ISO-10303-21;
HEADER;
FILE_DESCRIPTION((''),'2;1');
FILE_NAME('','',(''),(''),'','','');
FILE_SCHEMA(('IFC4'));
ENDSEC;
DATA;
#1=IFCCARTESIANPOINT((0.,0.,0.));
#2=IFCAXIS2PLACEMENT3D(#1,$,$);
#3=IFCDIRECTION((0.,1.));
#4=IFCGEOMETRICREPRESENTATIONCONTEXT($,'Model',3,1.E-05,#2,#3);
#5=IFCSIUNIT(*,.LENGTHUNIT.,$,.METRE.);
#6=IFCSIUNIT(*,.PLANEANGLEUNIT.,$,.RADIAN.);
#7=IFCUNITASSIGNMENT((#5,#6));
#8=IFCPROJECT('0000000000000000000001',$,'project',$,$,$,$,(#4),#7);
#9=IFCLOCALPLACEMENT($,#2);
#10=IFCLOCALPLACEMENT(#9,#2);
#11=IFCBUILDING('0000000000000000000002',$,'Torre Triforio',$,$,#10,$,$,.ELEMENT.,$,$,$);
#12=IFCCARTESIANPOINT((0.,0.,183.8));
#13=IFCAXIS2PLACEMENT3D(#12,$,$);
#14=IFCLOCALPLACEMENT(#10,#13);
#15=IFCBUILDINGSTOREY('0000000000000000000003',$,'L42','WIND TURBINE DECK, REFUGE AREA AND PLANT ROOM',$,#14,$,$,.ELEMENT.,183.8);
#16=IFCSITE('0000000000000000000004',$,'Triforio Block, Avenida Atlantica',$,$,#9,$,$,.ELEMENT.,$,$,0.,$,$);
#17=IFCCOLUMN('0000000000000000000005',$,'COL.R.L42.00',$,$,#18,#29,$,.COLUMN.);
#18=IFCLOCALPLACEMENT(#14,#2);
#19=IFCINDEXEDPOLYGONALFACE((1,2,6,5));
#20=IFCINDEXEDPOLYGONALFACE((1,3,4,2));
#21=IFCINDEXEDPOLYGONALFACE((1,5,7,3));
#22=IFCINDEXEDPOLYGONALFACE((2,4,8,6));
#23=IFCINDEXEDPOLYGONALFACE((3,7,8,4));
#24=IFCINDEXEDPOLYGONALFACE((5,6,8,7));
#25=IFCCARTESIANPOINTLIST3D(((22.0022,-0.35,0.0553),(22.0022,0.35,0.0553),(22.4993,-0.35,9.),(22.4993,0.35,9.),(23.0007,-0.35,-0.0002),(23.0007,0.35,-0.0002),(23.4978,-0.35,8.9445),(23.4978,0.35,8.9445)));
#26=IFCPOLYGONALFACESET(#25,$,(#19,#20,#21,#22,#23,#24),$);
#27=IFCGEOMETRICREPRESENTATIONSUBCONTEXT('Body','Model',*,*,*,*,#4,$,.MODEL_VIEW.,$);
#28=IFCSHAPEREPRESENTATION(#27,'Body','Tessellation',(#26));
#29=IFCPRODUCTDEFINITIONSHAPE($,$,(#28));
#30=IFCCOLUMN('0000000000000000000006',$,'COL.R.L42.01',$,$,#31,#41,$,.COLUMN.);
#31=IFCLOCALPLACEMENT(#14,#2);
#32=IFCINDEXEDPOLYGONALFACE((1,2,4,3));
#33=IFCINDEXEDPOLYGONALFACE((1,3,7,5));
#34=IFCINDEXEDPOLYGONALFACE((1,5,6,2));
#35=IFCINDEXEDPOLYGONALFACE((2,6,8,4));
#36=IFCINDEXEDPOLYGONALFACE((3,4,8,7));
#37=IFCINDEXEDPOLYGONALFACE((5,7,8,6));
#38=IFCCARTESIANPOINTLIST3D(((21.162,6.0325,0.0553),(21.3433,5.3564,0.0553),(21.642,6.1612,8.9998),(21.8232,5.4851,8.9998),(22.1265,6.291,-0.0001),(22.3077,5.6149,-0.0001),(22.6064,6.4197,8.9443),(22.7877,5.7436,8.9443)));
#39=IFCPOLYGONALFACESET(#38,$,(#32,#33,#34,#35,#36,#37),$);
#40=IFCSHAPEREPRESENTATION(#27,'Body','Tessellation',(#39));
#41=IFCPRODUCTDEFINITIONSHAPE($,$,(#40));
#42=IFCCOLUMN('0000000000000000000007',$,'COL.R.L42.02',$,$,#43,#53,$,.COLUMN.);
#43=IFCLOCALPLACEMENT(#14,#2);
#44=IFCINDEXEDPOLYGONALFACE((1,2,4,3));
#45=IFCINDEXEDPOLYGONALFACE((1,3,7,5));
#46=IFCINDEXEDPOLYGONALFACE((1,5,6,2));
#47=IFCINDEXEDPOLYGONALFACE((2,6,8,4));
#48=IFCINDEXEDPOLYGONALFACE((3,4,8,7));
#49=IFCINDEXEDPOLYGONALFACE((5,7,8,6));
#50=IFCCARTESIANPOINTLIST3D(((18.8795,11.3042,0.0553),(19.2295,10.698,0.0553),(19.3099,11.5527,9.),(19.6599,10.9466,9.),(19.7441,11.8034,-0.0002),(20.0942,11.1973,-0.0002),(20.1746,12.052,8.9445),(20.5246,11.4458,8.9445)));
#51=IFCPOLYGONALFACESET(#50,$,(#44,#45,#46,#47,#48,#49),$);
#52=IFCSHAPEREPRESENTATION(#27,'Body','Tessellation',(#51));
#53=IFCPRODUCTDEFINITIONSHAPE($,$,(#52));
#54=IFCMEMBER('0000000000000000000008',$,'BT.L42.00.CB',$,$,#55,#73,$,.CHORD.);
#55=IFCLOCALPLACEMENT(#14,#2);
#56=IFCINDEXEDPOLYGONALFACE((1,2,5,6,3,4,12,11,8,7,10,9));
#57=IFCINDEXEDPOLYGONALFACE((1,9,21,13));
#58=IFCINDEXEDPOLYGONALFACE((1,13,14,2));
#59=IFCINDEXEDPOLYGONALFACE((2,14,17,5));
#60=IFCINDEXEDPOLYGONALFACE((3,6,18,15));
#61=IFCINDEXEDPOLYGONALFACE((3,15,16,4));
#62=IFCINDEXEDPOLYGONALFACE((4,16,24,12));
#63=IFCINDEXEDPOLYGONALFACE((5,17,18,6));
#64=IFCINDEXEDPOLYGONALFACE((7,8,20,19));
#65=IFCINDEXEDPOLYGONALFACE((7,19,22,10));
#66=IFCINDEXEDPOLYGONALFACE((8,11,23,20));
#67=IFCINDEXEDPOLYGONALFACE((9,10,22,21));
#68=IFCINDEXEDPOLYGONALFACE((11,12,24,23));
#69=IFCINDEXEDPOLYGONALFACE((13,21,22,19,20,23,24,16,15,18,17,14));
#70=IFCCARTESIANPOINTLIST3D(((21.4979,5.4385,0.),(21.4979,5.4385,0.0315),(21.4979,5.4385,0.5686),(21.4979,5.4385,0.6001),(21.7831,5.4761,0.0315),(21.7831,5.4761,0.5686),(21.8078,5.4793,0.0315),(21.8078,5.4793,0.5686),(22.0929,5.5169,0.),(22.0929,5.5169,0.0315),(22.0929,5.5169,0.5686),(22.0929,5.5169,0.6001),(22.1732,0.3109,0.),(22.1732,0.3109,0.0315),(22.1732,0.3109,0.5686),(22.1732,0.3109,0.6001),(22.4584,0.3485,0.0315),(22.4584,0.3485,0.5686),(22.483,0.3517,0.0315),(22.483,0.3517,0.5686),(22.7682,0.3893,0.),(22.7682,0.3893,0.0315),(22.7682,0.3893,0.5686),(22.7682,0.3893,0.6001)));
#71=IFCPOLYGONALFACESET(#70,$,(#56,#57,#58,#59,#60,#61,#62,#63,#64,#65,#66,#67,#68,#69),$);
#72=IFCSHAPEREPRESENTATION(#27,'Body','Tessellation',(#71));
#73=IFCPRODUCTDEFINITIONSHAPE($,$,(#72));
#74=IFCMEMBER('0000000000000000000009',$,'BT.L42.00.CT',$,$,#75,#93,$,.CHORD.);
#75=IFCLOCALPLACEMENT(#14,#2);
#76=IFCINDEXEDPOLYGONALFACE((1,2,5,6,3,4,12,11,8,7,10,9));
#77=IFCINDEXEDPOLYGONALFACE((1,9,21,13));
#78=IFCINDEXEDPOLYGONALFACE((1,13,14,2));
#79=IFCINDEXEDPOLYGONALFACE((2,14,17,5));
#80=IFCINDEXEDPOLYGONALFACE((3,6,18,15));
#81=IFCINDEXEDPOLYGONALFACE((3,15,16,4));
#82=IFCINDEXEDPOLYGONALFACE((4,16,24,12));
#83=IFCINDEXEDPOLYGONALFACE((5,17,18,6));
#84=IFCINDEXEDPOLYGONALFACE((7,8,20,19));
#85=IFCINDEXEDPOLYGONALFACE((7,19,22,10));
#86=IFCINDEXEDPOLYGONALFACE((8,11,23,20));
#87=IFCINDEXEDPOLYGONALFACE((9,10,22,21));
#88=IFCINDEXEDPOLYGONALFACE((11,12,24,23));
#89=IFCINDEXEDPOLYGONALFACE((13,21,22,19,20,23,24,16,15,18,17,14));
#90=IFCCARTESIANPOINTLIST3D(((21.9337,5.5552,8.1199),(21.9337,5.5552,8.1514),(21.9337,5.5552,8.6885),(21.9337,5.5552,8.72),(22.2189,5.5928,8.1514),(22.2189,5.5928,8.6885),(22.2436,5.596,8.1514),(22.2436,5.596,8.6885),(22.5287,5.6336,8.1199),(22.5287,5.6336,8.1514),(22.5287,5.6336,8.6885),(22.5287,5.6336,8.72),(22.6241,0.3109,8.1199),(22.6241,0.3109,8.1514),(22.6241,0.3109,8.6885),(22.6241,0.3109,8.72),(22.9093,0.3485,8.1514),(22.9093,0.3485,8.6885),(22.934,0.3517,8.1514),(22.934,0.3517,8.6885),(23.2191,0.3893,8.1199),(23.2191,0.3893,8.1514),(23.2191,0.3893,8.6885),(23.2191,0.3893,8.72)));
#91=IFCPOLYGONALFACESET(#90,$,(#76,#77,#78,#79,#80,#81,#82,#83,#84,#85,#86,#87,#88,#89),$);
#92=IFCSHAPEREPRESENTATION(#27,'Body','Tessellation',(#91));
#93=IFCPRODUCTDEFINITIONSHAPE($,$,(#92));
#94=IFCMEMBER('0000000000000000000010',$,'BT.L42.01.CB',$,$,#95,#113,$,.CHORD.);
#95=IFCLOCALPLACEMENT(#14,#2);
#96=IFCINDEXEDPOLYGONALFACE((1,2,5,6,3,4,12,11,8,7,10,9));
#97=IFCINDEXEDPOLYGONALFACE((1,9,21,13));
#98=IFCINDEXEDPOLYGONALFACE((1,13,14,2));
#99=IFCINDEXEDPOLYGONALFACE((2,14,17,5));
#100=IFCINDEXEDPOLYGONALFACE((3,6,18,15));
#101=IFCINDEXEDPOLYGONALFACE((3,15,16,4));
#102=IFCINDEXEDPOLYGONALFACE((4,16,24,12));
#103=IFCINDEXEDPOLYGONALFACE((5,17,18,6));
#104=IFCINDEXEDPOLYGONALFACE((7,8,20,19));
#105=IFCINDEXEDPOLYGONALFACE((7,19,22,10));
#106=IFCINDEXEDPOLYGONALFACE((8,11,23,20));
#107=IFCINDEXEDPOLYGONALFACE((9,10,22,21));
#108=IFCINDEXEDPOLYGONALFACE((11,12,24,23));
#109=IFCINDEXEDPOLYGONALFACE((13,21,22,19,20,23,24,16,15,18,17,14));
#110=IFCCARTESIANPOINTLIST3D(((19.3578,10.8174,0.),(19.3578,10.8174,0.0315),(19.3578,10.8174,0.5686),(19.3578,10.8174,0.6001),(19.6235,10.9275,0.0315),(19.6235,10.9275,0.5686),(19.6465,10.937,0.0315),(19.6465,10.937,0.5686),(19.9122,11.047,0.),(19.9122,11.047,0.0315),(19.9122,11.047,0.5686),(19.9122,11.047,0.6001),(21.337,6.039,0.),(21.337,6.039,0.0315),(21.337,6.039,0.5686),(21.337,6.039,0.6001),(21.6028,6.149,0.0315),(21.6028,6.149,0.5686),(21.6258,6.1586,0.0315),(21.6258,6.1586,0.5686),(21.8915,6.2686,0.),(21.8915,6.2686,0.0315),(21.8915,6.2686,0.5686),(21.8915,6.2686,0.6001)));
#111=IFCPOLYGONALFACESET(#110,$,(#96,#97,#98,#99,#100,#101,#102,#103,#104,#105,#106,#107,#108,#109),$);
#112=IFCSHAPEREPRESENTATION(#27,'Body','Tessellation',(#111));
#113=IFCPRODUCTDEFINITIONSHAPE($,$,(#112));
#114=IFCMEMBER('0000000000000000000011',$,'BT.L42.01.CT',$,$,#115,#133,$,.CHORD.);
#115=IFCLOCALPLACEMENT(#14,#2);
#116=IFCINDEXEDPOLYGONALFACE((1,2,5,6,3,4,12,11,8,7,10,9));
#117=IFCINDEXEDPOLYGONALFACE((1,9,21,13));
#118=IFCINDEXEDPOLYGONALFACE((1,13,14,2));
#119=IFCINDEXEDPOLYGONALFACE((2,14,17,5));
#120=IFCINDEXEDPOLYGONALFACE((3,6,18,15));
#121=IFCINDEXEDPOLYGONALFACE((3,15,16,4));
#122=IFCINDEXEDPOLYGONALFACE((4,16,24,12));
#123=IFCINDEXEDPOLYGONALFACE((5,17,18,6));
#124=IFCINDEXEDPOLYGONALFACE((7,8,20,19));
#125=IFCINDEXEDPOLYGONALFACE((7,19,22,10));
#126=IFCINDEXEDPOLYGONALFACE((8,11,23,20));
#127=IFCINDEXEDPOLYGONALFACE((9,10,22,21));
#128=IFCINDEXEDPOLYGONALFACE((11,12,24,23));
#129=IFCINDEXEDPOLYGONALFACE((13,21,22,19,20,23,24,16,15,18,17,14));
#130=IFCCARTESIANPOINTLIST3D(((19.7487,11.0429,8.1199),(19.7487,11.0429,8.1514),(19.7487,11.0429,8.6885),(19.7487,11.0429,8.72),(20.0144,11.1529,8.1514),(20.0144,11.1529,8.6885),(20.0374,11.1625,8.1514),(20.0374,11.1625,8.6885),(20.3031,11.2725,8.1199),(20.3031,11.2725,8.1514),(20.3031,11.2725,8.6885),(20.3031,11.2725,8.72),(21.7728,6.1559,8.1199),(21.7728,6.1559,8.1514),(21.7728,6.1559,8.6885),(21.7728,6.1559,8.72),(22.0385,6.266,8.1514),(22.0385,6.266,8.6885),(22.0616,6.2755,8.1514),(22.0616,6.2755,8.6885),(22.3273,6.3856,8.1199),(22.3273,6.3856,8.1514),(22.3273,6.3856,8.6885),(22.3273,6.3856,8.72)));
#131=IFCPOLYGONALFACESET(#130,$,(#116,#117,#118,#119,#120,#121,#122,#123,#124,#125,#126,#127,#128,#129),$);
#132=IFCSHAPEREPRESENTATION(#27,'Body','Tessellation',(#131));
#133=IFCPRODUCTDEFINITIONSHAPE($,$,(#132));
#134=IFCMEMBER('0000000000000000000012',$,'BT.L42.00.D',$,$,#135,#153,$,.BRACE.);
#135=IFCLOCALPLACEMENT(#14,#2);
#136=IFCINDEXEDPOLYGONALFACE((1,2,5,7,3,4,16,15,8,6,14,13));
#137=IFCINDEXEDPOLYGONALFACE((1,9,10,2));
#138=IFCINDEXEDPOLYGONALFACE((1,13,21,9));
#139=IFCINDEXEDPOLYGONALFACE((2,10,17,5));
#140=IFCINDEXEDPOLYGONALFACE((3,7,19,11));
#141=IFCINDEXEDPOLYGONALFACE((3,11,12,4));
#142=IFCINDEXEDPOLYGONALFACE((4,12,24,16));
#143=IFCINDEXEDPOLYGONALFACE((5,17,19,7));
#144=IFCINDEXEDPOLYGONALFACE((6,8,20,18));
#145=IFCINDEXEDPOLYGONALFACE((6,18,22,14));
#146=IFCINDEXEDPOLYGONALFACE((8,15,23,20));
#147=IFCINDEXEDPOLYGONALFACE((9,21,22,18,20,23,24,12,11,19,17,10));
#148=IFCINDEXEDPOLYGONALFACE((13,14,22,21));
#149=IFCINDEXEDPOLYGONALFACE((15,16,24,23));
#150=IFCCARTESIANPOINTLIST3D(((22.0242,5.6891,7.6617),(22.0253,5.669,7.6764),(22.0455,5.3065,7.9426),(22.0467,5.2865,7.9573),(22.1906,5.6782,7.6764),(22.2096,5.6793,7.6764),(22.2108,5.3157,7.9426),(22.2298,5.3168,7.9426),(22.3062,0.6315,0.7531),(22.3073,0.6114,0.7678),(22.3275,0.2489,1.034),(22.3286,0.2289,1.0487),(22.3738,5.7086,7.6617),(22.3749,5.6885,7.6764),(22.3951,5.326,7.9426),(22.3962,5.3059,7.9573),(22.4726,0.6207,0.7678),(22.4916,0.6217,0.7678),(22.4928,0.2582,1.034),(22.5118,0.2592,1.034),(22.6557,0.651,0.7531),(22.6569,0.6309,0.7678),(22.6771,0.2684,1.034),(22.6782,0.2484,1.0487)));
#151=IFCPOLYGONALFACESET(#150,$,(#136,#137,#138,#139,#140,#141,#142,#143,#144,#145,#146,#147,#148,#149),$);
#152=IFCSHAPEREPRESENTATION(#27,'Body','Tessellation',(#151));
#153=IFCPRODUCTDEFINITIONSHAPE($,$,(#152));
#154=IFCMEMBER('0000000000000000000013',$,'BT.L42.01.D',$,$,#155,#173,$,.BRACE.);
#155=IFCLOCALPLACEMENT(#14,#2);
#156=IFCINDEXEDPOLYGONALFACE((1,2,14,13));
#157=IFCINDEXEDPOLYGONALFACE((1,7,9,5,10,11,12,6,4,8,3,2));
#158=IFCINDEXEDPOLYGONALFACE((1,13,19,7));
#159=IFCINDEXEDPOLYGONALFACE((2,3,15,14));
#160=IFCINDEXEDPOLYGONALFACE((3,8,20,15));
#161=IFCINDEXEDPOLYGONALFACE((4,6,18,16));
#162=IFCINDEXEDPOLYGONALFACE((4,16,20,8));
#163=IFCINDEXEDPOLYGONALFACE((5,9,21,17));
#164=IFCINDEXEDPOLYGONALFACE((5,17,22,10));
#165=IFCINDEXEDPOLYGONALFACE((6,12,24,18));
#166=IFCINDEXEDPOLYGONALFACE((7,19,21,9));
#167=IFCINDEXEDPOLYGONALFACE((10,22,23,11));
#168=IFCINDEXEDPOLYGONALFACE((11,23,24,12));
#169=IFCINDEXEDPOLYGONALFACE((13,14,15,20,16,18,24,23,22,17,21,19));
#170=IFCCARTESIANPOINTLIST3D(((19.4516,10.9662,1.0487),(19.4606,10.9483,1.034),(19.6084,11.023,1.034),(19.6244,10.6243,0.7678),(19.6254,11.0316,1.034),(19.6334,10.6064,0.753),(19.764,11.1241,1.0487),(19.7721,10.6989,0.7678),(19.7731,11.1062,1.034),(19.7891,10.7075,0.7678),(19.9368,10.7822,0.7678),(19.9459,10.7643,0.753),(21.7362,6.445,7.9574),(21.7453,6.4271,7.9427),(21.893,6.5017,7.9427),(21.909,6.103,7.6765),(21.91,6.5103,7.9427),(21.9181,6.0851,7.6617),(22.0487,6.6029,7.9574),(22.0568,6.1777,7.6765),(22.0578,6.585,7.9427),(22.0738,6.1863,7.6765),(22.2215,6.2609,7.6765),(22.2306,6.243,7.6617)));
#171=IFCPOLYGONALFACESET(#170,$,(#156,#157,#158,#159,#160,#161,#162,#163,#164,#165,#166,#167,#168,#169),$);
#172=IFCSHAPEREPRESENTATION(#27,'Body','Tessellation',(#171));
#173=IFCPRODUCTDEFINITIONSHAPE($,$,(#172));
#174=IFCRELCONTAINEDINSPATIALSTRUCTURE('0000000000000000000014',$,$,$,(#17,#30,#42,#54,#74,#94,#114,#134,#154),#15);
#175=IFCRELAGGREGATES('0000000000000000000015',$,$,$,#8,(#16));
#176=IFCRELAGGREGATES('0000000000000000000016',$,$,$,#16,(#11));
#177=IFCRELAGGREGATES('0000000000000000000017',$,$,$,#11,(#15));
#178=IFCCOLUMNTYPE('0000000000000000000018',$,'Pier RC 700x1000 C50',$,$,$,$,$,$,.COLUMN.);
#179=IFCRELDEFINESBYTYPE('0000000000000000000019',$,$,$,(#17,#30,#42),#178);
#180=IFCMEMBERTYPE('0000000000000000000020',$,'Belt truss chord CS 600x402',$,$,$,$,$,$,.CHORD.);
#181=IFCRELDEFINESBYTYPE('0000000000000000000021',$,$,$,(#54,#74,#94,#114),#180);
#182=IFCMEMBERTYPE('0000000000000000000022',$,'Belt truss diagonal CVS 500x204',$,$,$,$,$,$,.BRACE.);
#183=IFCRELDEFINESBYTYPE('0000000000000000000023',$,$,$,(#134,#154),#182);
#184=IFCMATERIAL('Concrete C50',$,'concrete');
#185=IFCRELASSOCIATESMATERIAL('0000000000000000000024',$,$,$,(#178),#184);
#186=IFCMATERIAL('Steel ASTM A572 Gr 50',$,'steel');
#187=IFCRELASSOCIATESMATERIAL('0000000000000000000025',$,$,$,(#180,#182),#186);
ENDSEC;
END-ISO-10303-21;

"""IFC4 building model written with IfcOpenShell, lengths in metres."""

from ifc_helpers import new_model, si_unit, direction, frame, origin, origin_2d, place, context, subcontext, project, spatial, rectangle, i_section, extrude, material, material_profile, profile_set, type_object, element, save


model = new_model("IFC4")

# Units and contexts
model_context = context("Model", 3, precision=1e-05, world=origin(), true_north=direction((0.0, 1.0)))
body_context = subcontext(model_context, "Body", "Model", "MODEL_VIEW")
ifc_project = project(units=[si_unit("LENGTHUNIT", "METRE"), si_unit("PLANEANGLEUNIT", "RADIAN")], contexts=[model_context])

# Site, building, storey
site_placement = place(None, origin())
site = spatial("IfcSite", under=ifc_project, at=site_placement, Name="Triforio Block, Avenida Atlantica", CompositionType="ELEMENT", RefElevation=0.0)
building_placement = place(site_placement, origin())
building = spatial("IfcBuilding", under=site, at=building_placement, Name="Torre Triforio", CompositionType="ELEMENT")
storey_placement = place(building_placement, frame((0.0, 0.0, 183.8)))
storey = spatial("IfcBuildingStorey", under=building, at=storey_placement, Name="L42", Description="WIND TURBINE DECK, REFUGE AREA AND PLANT ROOM", CompositionType="ELEMENT", Elevation=183.8)

# Columns
ifc_material_1 = material(Name="Concrete C50", Category="concrete")
ifc_material_profile_1 = material_profile(ifc_material_1, rectangle(XDim=0.7, YDim=1.0, at=origin_2d()), Name="RC 700x1000")
ifc_profile_set_1 = profile_set([ifc_material_profile_1], Name="Concrete C50")
column_type = type_object("IfcColumnType", Name="Pier RC 700x1000 C50", PredefinedType="COLUMN", material=ifc_profile_set_1)
column_1_placement = place(storey_placement, frame((22.5015, 0.0, 0.0276), z_axis=(0.055487, 0.0, 0.998459), x_axis=(0.0, 1.0, 0.0)))
element("IfcColumn", 1, at=column_1_placement, inside=storey, type_object=column_type, Name="COL.R.L42.00", PredefinedType="COLUMN", context=body_context, shape_type="SweptSolid", body=[
    extrude(rectangle(XDim=0.7, YDim=1.0, at=origin_2d()), origin(), (0.0, 0.0, 1.0), 8.9585),
])
column_2_placement = place(storey_placement, frame((21.7349, 5.8237, 0.0276), z_axis=(0.053579, 0.014362, 0.99846), x_axis=(-0.258916, 0.9659, 0.0)))
element("IfcColumn", 2, at=column_2_placement, inside=storey, type_object=column_type, Name="COL.R.L42.01", PredefinedType="COLUMN", context=body_context, shape_type="SweptSolid", body=[
    extrude(rectangle(XDim=0.7, YDim=1.0, at=origin_2d()), origin(), (0.0, 0.0, 1.0), 8.9583),
])
column_3_placement = place(storey_placement, frame((19.4868, 11.2507, 0.0276), z_axis=(0.048047, 0.027743, 0.99846), x_axis=(-0.500048, 0.865997, 0.0)))
element("IfcColumn", 3, at=column_3_placement, inside=storey, type_object=column_type, Name="COL.R.L42.02", PredefinedType="COLUMN", context=body_context, shape_type="SweptSolid", body=[
    extrude(rectangle(XDim=0.7, YDim=1.0, at=origin_2d()), origin(), (0.0, 0.0, 1.0), 8.9585),
])

# Members
ifc_material_2 = material(Name="Steel ASTM A572 Gr 50", Category="steel")
ifc_material_profile_2 = material_profile(ifc_material_2, i_section(OverallWidth=0.6001, OverallDepth=0.6001, WebThickness=0.0249, FlangeThickness=0.0315, at=origin_2d()), Name="CS 600x402")
ifc_profile_set_2 = profile_set([ifc_material_profile_2], Name="Steel ASTM A572 Gr 50")
member_type_1 = type_object("IfcMemberType", Name="Belt truss chord CS 600x402", PredefinedType="CHORD", material=ifc_profile_set_2)
member_1_placement = place(storey_placement, frame((22.4707, 0.3501, 0.3), z_axis=(-0.130568, 0.991439, 0.0), x_axis=(-0.991439, -0.130568, 0.0)))
element("IfcMember", 4, at=member_1_placement, inside=storey, type_object=member_type_1, Name="BT.L42.00.CB", PredefinedType="CHORD", context=body_context, shape_type="SweptSolid", body=[
    extrude(i_section(OverallWidth=0.6001, OverallDepth=0.6001, WebThickness=0.0249, FlangeThickness=0.0315, at=origin_2d()), origin(), (0.0, 0.0, 1.0), 5.1719),
])
member_2_placement = place(storey_placement, frame((22.9216, 0.3501, 8.4199), z_axis=(-0.130525, 0.991445, 0.0), x_axis=(-0.991445, -0.130525, 0.0)))
element("IfcMember", 5, at=member_2_placement, inside=storey, type_object=member_type_1, Name="BT.L42.00.CT", PredefinedType="CHORD", context=body_context, shape_type="SweptSolid", body=[
    extrude(i_section(OverallWidth=0.6001, OverallDepth=0.6001, WebThickness=0.0249, FlangeThickness=0.0315, at=origin_2d()), origin(), (0.0, 0.0, 1.0), 5.2896),
])
member_3_placement = place(storey_placement, frame((21.6143, 6.1538, 0.3), z_axis=(-0.382684, 0.923879, 0.0), x_axis=(-0.923879, -0.382684, 0.0)))
element("IfcMember", 6, at=member_3_placement, inside=storey, type_object=member_type_1, Name="BT.L42.01.CB", PredefinedType="CHORD", context=body_context, shape_type="SweptSolid", body=[
    extrude(i_section(OverallWidth=0.6001, OverallDepth=0.6001, WebThickness=0.0249, FlangeThickness=0.0315, at=origin_2d()), origin(), (0.0, 0.0, 1.0), 5.1721),
])
member_4_placement = place(storey_placement, frame((22.05, 6.2708, 8.4199), z_axis=(-0.382671, 0.923885, 0.0), x_axis=(-0.923885, -0.382671, 0.0)))
element("IfcMember", 7, at=member_4_placement, inside=storey, type_object=member_type_1, Name="BT.L42.01.CT", PredefinedType="CHORD", context=body_context, shape_type="SweptSolid", body=[
    extrude(i_section(OverallWidth=0.6001, OverallDepth=0.6001, WebThickness=0.0249, FlangeThickness=0.0315, at=origin_2d()), origin(), (0.0, 0.0, 1.0), 5.2896),
])
ifc_material_profile_3 = material_profile(ifc_material_2, i_section(OverallWidth=0.3501, OverallDepth=0.5, WebThickness=0.019, FlangeThickness=0.0249, at=origin_2d()), Name="CVS 500x204")
ifc_profile_set_3 = profile_set([ifc_material_profile_3], Name="Steel ASTM A572 Gr 50")
member_type_2 = type_object("IfcMemberType", Name="Belt truss diagonal CVS 500x204", PredefinedType="BRACE", material=ifc_profile_set_3)
member_5_placement = place(storey_placement, frame((22.4922, 0.4399, 0.9009), z_axis=(-0.032916, 0.590378, 0.806455), x_axis=(-0.998449, -0.055668, 0.0)))
element("IfcMember", 8, at=member_5_placement, inside=storey, type_object=member_type_2, Name="BT.L42.00.D", PredefinedType="BRACE", context=body_context, shape_type="SweptSolid", body=[
    extrude(i_section(OverallWidth=0.3501, OverallDepth=0.5, WebThickness=0.019, FlangeThickness=0.0249, at=origin_2d()), origin(), (0.0, 0.0, 1.0), 8.5667),
])
member_6_placement = place(storey_placement, frame((21.9834, 6.344, 7.8096), z_axis=(-0.266686, 0.527758, -0.806442), x_axis=(-0.89252, -0.451007, 0.0)))
element("IfcMember", 9, at=member_6_placement, inside=storey, type_object=member_type_2, Name="BT.L42.01.D", PredefinedType="BRACE", context=body_context, shape_type="SweptSolid", body=[
    extrude(i_section(OverallWidth=0.3501, OverallDepth=0.5, WebThickness=0.019, FlangeThickness=0.0249, at=origin_2d()), origin(), (0.0, 0.0, 1.0), 8.5669),
])

save(model, "model.ifc")
